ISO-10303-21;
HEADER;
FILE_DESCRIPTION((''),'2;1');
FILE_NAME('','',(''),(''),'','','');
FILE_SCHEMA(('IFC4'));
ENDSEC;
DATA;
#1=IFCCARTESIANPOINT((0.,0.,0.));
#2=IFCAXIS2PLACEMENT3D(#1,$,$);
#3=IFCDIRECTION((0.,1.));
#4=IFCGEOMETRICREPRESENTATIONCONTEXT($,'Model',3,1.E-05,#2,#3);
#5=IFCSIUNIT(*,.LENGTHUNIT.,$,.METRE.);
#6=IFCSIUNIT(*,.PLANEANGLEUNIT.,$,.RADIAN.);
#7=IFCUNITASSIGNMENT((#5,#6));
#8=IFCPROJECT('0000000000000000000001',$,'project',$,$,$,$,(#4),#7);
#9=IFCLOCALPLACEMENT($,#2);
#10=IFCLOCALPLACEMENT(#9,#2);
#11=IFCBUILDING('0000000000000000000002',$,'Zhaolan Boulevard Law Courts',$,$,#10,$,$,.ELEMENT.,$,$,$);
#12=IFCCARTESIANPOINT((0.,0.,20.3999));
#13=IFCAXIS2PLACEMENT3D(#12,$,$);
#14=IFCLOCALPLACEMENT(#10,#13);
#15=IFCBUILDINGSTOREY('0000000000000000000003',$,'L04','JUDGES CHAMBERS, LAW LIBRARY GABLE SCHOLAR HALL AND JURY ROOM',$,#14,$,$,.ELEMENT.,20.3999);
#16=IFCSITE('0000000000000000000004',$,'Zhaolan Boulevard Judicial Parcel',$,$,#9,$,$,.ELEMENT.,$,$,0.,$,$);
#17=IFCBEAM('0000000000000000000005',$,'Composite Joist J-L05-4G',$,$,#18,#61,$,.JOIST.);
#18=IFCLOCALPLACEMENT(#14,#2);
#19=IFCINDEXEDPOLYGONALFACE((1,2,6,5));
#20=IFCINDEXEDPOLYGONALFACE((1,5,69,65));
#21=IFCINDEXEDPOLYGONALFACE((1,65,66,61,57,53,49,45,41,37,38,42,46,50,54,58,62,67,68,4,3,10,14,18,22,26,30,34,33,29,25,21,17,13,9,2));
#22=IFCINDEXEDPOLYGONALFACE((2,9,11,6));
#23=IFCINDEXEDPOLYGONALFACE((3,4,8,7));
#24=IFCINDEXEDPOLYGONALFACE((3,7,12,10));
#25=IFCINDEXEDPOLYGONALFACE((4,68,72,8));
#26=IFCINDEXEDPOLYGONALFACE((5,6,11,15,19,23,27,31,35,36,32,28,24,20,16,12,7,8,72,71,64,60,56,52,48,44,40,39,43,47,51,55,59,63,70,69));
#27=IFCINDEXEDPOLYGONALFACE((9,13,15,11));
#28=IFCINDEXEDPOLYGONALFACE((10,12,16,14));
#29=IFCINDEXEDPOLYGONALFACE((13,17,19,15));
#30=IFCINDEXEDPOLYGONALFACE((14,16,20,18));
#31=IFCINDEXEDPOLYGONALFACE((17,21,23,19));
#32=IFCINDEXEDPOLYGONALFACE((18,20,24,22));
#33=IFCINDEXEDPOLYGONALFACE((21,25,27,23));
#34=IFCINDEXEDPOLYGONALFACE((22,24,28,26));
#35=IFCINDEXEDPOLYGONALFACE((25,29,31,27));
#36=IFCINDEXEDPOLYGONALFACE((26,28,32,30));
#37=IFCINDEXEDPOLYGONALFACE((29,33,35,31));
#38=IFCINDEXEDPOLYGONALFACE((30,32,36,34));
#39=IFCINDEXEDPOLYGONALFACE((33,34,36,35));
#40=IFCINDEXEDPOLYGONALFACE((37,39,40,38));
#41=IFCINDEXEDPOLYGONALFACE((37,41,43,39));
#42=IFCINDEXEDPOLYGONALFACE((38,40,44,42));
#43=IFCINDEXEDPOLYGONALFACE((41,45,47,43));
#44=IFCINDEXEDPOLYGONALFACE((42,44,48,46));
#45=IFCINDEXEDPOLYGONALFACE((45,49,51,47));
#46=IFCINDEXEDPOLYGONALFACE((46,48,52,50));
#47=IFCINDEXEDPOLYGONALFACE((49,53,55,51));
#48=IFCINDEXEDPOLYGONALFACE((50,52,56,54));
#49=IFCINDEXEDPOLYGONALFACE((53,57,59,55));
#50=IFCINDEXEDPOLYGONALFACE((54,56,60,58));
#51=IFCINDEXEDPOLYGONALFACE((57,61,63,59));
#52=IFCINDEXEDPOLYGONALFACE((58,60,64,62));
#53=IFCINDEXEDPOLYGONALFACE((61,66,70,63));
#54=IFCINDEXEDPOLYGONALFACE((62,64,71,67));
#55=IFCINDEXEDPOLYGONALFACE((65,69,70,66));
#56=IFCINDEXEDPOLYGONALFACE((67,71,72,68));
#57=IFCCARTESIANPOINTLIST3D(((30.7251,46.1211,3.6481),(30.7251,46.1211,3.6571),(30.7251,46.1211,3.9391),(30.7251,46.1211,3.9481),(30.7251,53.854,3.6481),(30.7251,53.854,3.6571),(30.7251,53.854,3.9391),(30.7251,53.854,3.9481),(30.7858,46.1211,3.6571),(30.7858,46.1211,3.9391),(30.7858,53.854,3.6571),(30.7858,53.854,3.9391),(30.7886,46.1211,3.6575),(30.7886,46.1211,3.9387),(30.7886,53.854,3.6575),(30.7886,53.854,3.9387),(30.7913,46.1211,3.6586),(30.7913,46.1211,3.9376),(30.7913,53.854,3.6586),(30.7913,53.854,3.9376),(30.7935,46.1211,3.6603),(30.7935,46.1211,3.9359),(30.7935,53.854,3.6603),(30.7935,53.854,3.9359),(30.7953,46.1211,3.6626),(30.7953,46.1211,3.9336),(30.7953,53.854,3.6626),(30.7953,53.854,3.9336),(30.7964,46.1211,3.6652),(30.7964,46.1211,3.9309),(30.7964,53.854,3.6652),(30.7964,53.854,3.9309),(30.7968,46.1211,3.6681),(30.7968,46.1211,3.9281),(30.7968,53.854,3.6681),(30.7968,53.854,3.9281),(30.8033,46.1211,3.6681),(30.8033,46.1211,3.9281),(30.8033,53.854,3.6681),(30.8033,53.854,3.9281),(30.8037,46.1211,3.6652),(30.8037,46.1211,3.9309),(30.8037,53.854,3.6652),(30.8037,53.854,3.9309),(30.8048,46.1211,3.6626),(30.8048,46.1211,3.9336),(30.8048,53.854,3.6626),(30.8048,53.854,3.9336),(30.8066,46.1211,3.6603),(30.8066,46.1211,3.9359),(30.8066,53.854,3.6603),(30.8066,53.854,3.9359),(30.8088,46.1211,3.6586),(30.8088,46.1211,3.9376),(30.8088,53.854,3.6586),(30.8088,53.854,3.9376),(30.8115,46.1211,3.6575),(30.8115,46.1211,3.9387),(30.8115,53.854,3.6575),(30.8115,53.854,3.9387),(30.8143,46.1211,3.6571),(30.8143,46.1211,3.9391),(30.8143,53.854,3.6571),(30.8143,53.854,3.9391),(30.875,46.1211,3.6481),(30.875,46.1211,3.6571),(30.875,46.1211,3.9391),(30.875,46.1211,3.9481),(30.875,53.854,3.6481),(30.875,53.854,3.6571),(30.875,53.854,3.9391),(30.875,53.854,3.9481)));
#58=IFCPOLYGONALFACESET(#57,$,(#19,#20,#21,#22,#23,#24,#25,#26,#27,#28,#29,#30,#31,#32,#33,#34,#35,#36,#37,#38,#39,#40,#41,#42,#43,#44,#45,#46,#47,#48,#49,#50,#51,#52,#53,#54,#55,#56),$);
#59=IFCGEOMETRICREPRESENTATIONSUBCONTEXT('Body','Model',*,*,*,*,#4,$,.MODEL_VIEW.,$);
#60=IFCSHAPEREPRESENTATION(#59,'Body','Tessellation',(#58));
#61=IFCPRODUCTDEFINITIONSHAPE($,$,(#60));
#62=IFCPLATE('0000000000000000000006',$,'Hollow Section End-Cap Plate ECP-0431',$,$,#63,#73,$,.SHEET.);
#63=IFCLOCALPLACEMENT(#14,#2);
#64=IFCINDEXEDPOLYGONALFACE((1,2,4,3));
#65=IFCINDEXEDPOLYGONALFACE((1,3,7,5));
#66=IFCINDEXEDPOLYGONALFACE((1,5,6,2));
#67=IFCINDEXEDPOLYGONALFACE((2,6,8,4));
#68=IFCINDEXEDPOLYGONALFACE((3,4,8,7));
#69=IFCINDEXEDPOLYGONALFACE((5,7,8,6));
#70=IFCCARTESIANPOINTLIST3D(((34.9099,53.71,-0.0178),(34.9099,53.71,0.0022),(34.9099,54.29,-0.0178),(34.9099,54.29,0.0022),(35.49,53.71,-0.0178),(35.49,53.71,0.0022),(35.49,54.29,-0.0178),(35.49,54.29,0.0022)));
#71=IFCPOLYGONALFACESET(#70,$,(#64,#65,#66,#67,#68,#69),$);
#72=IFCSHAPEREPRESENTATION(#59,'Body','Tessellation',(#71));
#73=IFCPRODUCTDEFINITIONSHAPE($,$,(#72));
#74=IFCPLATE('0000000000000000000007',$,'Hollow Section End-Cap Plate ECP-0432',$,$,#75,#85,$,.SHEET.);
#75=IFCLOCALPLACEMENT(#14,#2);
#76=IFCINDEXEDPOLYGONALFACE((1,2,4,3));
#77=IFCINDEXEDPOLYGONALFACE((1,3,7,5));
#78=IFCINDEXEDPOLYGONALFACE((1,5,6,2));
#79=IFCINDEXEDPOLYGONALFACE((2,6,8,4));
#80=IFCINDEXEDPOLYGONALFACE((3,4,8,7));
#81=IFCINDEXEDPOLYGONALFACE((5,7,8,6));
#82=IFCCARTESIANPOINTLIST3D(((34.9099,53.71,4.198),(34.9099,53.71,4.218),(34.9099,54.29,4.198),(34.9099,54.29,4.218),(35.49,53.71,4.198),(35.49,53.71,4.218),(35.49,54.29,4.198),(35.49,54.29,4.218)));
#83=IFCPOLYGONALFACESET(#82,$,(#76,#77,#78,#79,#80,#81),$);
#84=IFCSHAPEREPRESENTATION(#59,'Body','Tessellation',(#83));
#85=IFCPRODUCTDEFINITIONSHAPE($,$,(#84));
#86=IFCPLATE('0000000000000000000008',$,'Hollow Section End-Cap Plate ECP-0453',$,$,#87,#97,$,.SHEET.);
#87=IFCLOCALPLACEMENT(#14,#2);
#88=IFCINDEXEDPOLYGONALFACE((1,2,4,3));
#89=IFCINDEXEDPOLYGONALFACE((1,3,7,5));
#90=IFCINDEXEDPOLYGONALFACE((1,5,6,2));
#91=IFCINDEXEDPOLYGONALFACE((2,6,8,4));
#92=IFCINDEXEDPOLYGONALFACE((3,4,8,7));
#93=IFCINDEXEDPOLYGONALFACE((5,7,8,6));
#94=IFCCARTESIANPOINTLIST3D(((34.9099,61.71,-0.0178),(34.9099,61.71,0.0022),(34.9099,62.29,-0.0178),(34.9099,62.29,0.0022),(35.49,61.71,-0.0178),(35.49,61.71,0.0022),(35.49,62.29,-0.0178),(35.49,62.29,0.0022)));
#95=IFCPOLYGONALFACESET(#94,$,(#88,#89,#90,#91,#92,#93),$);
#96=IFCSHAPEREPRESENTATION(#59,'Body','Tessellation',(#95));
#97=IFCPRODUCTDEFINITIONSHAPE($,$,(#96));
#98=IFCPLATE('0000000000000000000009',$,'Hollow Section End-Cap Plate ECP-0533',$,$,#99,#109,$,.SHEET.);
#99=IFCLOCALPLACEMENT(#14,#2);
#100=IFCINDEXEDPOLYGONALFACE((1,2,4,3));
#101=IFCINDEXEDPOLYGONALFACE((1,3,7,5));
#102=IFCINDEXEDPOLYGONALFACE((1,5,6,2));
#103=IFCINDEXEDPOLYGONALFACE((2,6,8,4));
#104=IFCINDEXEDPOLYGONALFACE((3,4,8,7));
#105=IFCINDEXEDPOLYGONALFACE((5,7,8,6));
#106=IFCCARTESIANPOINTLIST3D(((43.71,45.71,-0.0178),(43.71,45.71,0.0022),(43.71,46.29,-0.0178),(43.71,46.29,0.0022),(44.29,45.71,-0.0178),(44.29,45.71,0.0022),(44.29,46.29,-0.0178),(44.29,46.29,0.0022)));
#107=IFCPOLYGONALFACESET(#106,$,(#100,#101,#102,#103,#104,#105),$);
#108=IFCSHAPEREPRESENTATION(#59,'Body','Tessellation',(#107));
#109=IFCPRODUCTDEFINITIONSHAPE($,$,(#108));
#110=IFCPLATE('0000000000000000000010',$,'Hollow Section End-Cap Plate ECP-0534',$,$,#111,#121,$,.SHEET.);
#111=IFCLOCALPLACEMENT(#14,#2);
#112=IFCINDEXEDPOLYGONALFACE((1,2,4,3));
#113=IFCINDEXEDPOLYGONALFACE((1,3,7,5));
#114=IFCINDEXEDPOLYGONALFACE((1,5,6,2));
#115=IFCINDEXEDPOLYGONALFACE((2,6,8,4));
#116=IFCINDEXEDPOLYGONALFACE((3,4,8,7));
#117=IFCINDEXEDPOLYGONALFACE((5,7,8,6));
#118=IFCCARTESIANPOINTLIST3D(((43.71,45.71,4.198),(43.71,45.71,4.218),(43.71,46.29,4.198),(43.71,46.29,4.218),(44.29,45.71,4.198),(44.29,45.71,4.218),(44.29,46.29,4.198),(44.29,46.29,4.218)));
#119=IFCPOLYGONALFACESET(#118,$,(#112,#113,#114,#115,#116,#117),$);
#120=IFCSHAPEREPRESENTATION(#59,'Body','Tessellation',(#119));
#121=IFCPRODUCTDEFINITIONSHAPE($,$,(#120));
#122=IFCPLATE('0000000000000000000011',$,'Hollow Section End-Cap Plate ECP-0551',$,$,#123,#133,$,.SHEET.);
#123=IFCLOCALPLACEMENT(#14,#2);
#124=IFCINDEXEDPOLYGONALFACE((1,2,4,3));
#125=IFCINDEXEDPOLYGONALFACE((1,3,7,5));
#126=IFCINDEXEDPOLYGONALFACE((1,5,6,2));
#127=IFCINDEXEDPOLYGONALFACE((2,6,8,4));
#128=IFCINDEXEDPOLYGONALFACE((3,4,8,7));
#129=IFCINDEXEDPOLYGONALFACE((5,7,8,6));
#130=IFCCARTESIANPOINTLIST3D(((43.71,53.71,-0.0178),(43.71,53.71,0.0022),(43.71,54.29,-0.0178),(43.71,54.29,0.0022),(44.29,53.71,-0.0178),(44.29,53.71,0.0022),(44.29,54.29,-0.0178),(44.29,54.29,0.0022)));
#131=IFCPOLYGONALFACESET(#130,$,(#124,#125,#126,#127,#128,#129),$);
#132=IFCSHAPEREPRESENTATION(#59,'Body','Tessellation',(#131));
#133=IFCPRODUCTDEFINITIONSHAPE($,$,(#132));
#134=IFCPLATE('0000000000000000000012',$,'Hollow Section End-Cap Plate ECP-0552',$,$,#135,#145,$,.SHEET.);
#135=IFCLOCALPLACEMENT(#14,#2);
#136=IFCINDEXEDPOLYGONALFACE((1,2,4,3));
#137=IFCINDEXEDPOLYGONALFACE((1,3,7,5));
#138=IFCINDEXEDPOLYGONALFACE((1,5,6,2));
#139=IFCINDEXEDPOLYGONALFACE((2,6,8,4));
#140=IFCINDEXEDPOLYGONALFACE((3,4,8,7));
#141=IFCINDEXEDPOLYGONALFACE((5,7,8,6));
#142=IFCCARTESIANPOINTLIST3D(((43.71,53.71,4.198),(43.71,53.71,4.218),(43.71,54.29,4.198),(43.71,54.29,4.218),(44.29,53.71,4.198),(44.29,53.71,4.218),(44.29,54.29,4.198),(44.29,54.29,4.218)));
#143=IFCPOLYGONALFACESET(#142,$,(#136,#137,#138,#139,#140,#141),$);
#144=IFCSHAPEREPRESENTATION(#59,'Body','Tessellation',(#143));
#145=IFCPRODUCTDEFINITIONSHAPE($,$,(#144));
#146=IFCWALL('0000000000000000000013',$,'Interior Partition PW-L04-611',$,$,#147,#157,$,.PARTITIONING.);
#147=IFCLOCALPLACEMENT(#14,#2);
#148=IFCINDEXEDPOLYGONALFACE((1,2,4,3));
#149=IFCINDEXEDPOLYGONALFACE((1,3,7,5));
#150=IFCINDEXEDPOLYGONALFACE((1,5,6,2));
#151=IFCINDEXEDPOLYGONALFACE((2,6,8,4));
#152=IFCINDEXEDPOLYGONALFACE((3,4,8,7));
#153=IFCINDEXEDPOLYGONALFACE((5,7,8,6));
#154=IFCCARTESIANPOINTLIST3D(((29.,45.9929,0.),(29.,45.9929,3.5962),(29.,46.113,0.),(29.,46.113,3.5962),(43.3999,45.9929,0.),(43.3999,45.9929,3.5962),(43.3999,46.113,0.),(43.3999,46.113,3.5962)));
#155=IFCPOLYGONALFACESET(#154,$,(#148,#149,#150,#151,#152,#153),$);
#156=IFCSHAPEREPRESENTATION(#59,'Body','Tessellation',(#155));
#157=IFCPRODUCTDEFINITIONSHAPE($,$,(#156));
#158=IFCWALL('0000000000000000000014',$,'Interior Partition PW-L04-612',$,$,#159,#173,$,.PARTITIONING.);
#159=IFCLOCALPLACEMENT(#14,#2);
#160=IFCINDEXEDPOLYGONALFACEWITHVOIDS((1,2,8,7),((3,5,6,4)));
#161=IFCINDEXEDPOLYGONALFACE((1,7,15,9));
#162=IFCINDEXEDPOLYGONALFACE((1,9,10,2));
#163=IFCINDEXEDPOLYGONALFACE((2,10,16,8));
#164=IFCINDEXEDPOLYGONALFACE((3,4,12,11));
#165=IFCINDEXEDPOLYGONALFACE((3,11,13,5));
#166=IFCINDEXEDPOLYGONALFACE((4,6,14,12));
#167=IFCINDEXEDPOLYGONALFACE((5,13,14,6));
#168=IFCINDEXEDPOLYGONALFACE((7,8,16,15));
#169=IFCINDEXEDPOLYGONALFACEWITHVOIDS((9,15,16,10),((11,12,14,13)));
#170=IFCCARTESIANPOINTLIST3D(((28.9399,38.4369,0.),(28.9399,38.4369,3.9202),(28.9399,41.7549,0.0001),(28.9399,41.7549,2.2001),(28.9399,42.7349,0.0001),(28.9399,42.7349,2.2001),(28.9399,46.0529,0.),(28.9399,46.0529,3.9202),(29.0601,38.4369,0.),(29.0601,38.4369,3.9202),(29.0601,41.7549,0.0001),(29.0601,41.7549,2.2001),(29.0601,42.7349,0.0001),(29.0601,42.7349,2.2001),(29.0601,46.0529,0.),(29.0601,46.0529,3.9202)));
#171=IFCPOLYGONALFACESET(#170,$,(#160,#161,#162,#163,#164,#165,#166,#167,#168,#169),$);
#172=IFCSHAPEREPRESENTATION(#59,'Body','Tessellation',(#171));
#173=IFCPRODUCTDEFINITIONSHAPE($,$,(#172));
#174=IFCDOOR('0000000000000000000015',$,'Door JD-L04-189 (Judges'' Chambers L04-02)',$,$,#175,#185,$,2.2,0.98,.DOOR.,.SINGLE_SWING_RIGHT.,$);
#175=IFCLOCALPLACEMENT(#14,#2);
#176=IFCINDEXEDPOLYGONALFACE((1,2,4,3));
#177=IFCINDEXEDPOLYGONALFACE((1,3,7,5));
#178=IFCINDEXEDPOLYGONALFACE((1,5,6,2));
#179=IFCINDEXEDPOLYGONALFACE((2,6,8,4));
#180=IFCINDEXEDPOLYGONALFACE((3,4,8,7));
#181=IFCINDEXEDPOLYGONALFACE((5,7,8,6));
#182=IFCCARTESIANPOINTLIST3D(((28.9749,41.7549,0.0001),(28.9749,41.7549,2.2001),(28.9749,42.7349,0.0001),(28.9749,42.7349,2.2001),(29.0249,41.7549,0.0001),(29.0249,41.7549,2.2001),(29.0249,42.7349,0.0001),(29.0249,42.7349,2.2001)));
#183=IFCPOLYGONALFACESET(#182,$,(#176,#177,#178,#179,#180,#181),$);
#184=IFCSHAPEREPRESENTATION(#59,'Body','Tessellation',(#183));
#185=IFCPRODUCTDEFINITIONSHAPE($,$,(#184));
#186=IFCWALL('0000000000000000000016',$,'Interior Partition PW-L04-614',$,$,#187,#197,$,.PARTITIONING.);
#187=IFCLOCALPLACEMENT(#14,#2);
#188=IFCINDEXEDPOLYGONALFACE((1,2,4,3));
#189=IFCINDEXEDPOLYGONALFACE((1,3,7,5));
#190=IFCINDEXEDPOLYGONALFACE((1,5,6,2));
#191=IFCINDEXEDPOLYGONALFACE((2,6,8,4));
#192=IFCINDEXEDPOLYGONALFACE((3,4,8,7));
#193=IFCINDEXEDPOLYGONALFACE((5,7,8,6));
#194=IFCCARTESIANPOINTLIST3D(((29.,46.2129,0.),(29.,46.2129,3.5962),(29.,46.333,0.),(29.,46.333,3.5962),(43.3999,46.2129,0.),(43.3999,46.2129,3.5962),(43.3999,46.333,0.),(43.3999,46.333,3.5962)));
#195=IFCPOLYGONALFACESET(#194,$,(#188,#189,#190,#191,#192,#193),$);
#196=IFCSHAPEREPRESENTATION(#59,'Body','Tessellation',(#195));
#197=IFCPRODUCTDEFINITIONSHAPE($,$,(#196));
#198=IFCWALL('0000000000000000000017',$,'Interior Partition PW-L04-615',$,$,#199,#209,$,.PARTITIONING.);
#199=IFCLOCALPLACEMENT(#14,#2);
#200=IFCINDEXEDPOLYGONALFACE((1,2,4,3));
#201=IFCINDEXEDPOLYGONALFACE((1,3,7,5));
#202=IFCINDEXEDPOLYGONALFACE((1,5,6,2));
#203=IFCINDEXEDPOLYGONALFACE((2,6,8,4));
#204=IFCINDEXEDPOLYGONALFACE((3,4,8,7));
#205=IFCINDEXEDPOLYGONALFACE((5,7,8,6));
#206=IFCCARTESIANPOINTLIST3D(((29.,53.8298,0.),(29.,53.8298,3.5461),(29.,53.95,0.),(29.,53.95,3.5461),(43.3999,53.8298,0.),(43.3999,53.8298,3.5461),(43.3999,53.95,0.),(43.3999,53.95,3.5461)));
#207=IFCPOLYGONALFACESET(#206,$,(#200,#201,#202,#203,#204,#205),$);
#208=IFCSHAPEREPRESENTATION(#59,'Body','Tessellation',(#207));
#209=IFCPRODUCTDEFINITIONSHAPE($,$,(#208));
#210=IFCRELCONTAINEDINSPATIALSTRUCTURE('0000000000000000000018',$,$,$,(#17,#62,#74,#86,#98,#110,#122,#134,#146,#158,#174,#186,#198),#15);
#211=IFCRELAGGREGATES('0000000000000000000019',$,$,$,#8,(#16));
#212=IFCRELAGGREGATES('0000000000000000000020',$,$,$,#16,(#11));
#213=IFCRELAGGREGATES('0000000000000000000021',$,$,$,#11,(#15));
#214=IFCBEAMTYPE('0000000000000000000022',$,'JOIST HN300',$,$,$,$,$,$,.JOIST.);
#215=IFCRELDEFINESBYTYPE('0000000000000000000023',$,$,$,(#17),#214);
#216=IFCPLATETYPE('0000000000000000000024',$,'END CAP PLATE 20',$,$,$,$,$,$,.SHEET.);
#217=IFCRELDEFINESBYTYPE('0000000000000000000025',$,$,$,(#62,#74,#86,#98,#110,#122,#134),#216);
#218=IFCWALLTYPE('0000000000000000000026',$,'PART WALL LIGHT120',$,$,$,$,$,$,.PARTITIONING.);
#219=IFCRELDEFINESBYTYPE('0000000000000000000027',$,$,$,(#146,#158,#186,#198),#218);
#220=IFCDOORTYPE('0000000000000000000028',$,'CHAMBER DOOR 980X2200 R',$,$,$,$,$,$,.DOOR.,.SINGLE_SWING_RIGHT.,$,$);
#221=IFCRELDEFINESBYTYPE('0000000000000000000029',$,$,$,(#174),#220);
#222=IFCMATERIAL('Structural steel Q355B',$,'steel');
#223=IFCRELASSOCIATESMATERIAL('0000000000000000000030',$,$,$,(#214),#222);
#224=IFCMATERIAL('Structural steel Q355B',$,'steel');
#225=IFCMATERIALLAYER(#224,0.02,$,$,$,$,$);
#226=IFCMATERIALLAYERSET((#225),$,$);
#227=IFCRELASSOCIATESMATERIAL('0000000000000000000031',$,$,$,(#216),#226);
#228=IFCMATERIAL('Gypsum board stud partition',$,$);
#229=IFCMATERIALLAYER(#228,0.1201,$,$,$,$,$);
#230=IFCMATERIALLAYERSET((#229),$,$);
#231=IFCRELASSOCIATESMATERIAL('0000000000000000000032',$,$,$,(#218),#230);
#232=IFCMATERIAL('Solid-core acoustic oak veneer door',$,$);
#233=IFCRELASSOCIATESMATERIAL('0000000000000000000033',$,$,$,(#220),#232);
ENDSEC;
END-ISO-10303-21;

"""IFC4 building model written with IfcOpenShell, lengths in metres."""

from ifc_helpers import new_model, si_unit, direction, frame, frame_2d, origin, origin_2d, place, context, subcontext, project, spatial, rectangle, i_section, extrude, material, layer, layer_set, material_profile, profile_set, type_object, element, fill, save


model = new_model("IFC4")

# Units and contexts
model_context = context("Model", 3, precision=1e-05, world=origin(), true_north=direction((0.0, 1.0)))
body_context = subcontext(model_context, "Body", "Model", "MODEL_VIEW")
ifc_project = project(units=[si_unit("LENGTHUNIT", "METRE"), si_unit("PLANEANGLEUNIT", "RADIAN")], contexts=[model_context])

# Site, building, storey
site_placement = place(None, origin())
site = spatial("IfcSite", under=ifc_project, at=site_placement, Name="Zhaolan Boulevard Judicial Parcel", CompositionType="ELEMENT", RefElevation=0.0)
building_placement = place(site_placement, origin())
building = spatial("IfcBuilding", under=site, at=building_placement, Name="Zhaolan Boulevard Law Courts", CompositionType="ELEMENT")
storey_placement = place(building_placement, frame((0.0, 0.0, 20.3999)))
storey = spatial("IfcBuildingStorey", under=building, at=storey_placement, Name="L04", Description="JUDGES CHAMBERS, LAW LIBRARY GABLE SCHOLAR HALL AND JURY ROOM", CompositionType="ELEMENT", Elevation=20.3999)

# Beam
ifc_material_1 = material(Name="Structural steel Q355B", Category="steel")
ifc_material_profile_1 = material_profile(ifc_material_1, i_section(OverallWidth=0.1499, OverallDepth=0.3, WebThickness=0.0066, FlangeThickness=0.009, FilletRadius=0.011, at=origin_2d()), Name="HN300x150")
ifc_profile_set_1 = profile_set([ifc_material_profile_1], Name="Structural steel Q355B")
beam_type_1 = type_object("IfcBeamType", Name="JOIST HN300", PredefinedType="JOIST", material=ifc_profile_set_1)
beam_1_placement = place(storey_placement, frame((30.8, 46.1211, 3.7981), z_axis=(0.0, 1.0, 0.0), x_axis=(-1.0, 0.0, 0.0)))
element("IfcBeam", 1, at=beam_1_placement, inside=storey, type_object=beam_type_1, Name="Composite Joist J-L05-4G", PredefinedType="JOIST", context=body_context, shape_type="SweptSolid", body=[
    extrude(i_section(OverallWidth=0.1499, OverallDepth=0.3, WebThickness=0.0066, FlangeThickness=0.009, FilletRadius=0.011, at=origin_2d()), origin(), (0.0, 0.0, 1.0), 7.7329),
])

# Plates
ifc_material_2 = material(Name="Structural steel Q355B", Category="steel")
ifc_layer_1 = layer(ifc_material_2, 0.02)
ifc_layer_set_1 = layer_set([ifc_layer_1])
plate_type = type_object("IfcPlateType", Name="END CAP PLATE 20", PredefinedType="SHEET", material=ifc_layer_set_1)
for number, where, z_axis, x_axis, name in (
    (2, (35.2, 54.0, -0.0178), (0.0, 0.0, 1.0), (1.0, 0.0, 0.0), "Hollow Section End-Cap Plate ECP-0431"),
    (3, (35.2, 54.0, 4.198), (0.0, 0.0, 1.0), (1.0, 0.0, 0.0), "Hollow Section End-Cap Plate ECP-0432"),
    (4, (35.2, 62.0, -0.0178), (0.0, 0.0, 1.0), (1.0, 0.0, 0.0), "Hollow Section End-Cap Plate ECP-0453"),
    (5, (44.0, 46.0, -0.0178), (0.0, 0.0, 1.0), (1.0, 0.0, 0.0), "Hollow Section End-Cap Plate ECP-0533"),
    (6, (44.0, 46.0, 4.198), (0.0, 0.0, 1.0), (1.0, 0.0, 0.0), "Hollow Section End-Cap Plate ECP-0534"),
    (7, (44.0, 54.0, -0.0178), (0.0, 0.0, 1.0), (1.0, 0.0, 0.0), "Hollow Section End-Cap Plate ECP-0551"),
    (8, (44.0, 54.0, 4.198), (0.0, 0.0, 1.0), (1.0, 0.0, 0.0), "Hollow Section End-Cap Plate ECP-0552"),
):
    element("IfcPlate", number, at=place(storey_placement, frame(where, z_axis=z_axis, x_axis=x_axis)), inside=storey, type_object=plate_type, Name=name, PredefinedType="SHEET", context=body_context, shape_type="SweptSolid", body=[
        extrude(rectangle(XDim=0.5801, YDim=0.5801, at=origin_2d()), origin(), (0.0, 0.0, 1.0), 0.02),
    ])

# Wall
ifc_material_3 = material(Name="Gypsum board stud partition")
ifc_layer_2 = layer(ifc_material_3, 0.1201)
ifc_layer_set_2 = layer_set([ifc_layer_2])
wall_type = type_object("IfcWallType", Name="PART WALL LIGHT120", PredefinedType="PARTITIONING", material=ifc_layer_set_2)
wall_1_placement = place(storey_placement, frame((43.3999, 46.053, 0.0), z_axis=(0.0, 0.0, 1.0), x_axis=(-1.0, 0.0, 0.0)))
element("IfcWall", 9, at=wall_1_placement, inside=storey, type_object=wall_type, Name="Interior Partition PW-L04-611", PredefinedType="PARTITIONING", context=body_context, shape_type="SweptSolid", body=[
    extrude(rectangle(XDim=14.3999, YDim=0.1201, at=frame_2d((7.2, 0.0))), origin(), (0.0, 0.0, 1.0), 3.5962),
])

# Wall, opening, door
wall_2_placement = place(storey_placement, frame((29.0, 46.053, 0.0), z_axis=(0.0, 0.0, 1.0), x_axis=(0.0, -1.0, 0.0)))
wall_2 = element("IfcWall", 10, at=wall_2_placement, inside=storey, type_object=wall_type, Name="Interior Partition PW-L04-612", PredefinedType="PARTITIONING", context=body_context, shape_type="SweptSolid", body=[
    extrude(rectangle(XDim=7.616, YDim=0.1201, at=frame_2d((3.8081, 0.0))), origin(), (0.0, 0.0, 1.0), 3.9202),
])
opening_1_placement = place(wall_2_placement, frame((3.3181, 0.0, 0.0)))
opening_1 = element("IfcOpeningElement", 11, at=opening_1_placement, cuts=wall_2, PredefinedType="OPENING", context=body_context, shape_type="SweptSolid", body=[
    extrude(rectangle(XDim=0.98, YDim=2.2, at=frame_2d((0.49, 1.1001))), frame((0.0, 0.0701, 0.0), z_axis=(0.0, -1.0, 0.0), x_axis=(1.0, 0.0, 0.0)), (0.0, 0.0, 1.0), 0.1401),
])
ifc_material_4 = material(Name="Solid-core acoustic oak veneer door")
door_type_1 = type_object("IfcDoorType", Name="CHAMBER DOOR 980X2200 R", OperationType="SINGLE_SWING_RIGHT", PredefinedType="DOOR", material=ifc_material_4)
door_1_placement = place(opening_1_placement, origin())
door_1 = element("IfcDoor", 12, at=door_1_placement, inside=storey, type_object=door_type_1, Name="Door JD-L04-189 (Judges' Chambers L04-02)", OperationType="SINGLE_SWING_RIGHT", OverallHeight=2.2, OverallWidth=0.98, PredefinedType="DOOR", context=body_context, shape_type="SweptSolid", body=[
    extrude(rectangle(XDim=0.98, YDim=2.2, at=frame_2d((0.49, 1.1001))), frame((0.0, 0.0249, 0.0), z_axis=(0.0, -1.0, 0.0), x_axis=(1.0, 0.0, 0.0)), (0.0, 0.0, 1.0), 0.05),
])
fill(opening_1, door_1)

# Walls
wall_3_placement = place(storey_placement, frame((29.0, 46.2729, 0.0), z_axis=(0.0, 0.0, 1.0), x_axis=(1.0, 0.0, 0.0)))
element("IfcWall", 13, at=wall_3_placement, inside=storey, type_object=wall_type, Name="Interior Partition PW-L04-614", PredefinedType="PARTITIONING", context=body_context, shape_type="SweptSolid", body=[
    extrude(rectangle(XDim=14.3999, YDim=0.1201, at=frame_2d((7.2, 0.0))), origin(), (0.0, 0.0, 1.0), 3.5962),
])
wall_4_placement = place(storey_placement, frame((43.3999, 53.8899, 0.0), z_axis=(0.0, 0.0, 1.0), x_axis=(-1.0, 0.0, 0.0)))
element("IfcWall", 14, at=wall_4_placement, inside=storey, type_object=wall_type, Name="Interior Partition PW-L04-615", PredefinedType="PARTITIONING", context=body_context, shape_type="SweptSolid", body=[
    extrude(rectangle(XDim=14.3999, YDim=0.1201, at=frame_2d((7.2, 0.0))), origin(), (0.0, 0.0, 1.0), 3.5461),
])

save(model, "model.ifc")
